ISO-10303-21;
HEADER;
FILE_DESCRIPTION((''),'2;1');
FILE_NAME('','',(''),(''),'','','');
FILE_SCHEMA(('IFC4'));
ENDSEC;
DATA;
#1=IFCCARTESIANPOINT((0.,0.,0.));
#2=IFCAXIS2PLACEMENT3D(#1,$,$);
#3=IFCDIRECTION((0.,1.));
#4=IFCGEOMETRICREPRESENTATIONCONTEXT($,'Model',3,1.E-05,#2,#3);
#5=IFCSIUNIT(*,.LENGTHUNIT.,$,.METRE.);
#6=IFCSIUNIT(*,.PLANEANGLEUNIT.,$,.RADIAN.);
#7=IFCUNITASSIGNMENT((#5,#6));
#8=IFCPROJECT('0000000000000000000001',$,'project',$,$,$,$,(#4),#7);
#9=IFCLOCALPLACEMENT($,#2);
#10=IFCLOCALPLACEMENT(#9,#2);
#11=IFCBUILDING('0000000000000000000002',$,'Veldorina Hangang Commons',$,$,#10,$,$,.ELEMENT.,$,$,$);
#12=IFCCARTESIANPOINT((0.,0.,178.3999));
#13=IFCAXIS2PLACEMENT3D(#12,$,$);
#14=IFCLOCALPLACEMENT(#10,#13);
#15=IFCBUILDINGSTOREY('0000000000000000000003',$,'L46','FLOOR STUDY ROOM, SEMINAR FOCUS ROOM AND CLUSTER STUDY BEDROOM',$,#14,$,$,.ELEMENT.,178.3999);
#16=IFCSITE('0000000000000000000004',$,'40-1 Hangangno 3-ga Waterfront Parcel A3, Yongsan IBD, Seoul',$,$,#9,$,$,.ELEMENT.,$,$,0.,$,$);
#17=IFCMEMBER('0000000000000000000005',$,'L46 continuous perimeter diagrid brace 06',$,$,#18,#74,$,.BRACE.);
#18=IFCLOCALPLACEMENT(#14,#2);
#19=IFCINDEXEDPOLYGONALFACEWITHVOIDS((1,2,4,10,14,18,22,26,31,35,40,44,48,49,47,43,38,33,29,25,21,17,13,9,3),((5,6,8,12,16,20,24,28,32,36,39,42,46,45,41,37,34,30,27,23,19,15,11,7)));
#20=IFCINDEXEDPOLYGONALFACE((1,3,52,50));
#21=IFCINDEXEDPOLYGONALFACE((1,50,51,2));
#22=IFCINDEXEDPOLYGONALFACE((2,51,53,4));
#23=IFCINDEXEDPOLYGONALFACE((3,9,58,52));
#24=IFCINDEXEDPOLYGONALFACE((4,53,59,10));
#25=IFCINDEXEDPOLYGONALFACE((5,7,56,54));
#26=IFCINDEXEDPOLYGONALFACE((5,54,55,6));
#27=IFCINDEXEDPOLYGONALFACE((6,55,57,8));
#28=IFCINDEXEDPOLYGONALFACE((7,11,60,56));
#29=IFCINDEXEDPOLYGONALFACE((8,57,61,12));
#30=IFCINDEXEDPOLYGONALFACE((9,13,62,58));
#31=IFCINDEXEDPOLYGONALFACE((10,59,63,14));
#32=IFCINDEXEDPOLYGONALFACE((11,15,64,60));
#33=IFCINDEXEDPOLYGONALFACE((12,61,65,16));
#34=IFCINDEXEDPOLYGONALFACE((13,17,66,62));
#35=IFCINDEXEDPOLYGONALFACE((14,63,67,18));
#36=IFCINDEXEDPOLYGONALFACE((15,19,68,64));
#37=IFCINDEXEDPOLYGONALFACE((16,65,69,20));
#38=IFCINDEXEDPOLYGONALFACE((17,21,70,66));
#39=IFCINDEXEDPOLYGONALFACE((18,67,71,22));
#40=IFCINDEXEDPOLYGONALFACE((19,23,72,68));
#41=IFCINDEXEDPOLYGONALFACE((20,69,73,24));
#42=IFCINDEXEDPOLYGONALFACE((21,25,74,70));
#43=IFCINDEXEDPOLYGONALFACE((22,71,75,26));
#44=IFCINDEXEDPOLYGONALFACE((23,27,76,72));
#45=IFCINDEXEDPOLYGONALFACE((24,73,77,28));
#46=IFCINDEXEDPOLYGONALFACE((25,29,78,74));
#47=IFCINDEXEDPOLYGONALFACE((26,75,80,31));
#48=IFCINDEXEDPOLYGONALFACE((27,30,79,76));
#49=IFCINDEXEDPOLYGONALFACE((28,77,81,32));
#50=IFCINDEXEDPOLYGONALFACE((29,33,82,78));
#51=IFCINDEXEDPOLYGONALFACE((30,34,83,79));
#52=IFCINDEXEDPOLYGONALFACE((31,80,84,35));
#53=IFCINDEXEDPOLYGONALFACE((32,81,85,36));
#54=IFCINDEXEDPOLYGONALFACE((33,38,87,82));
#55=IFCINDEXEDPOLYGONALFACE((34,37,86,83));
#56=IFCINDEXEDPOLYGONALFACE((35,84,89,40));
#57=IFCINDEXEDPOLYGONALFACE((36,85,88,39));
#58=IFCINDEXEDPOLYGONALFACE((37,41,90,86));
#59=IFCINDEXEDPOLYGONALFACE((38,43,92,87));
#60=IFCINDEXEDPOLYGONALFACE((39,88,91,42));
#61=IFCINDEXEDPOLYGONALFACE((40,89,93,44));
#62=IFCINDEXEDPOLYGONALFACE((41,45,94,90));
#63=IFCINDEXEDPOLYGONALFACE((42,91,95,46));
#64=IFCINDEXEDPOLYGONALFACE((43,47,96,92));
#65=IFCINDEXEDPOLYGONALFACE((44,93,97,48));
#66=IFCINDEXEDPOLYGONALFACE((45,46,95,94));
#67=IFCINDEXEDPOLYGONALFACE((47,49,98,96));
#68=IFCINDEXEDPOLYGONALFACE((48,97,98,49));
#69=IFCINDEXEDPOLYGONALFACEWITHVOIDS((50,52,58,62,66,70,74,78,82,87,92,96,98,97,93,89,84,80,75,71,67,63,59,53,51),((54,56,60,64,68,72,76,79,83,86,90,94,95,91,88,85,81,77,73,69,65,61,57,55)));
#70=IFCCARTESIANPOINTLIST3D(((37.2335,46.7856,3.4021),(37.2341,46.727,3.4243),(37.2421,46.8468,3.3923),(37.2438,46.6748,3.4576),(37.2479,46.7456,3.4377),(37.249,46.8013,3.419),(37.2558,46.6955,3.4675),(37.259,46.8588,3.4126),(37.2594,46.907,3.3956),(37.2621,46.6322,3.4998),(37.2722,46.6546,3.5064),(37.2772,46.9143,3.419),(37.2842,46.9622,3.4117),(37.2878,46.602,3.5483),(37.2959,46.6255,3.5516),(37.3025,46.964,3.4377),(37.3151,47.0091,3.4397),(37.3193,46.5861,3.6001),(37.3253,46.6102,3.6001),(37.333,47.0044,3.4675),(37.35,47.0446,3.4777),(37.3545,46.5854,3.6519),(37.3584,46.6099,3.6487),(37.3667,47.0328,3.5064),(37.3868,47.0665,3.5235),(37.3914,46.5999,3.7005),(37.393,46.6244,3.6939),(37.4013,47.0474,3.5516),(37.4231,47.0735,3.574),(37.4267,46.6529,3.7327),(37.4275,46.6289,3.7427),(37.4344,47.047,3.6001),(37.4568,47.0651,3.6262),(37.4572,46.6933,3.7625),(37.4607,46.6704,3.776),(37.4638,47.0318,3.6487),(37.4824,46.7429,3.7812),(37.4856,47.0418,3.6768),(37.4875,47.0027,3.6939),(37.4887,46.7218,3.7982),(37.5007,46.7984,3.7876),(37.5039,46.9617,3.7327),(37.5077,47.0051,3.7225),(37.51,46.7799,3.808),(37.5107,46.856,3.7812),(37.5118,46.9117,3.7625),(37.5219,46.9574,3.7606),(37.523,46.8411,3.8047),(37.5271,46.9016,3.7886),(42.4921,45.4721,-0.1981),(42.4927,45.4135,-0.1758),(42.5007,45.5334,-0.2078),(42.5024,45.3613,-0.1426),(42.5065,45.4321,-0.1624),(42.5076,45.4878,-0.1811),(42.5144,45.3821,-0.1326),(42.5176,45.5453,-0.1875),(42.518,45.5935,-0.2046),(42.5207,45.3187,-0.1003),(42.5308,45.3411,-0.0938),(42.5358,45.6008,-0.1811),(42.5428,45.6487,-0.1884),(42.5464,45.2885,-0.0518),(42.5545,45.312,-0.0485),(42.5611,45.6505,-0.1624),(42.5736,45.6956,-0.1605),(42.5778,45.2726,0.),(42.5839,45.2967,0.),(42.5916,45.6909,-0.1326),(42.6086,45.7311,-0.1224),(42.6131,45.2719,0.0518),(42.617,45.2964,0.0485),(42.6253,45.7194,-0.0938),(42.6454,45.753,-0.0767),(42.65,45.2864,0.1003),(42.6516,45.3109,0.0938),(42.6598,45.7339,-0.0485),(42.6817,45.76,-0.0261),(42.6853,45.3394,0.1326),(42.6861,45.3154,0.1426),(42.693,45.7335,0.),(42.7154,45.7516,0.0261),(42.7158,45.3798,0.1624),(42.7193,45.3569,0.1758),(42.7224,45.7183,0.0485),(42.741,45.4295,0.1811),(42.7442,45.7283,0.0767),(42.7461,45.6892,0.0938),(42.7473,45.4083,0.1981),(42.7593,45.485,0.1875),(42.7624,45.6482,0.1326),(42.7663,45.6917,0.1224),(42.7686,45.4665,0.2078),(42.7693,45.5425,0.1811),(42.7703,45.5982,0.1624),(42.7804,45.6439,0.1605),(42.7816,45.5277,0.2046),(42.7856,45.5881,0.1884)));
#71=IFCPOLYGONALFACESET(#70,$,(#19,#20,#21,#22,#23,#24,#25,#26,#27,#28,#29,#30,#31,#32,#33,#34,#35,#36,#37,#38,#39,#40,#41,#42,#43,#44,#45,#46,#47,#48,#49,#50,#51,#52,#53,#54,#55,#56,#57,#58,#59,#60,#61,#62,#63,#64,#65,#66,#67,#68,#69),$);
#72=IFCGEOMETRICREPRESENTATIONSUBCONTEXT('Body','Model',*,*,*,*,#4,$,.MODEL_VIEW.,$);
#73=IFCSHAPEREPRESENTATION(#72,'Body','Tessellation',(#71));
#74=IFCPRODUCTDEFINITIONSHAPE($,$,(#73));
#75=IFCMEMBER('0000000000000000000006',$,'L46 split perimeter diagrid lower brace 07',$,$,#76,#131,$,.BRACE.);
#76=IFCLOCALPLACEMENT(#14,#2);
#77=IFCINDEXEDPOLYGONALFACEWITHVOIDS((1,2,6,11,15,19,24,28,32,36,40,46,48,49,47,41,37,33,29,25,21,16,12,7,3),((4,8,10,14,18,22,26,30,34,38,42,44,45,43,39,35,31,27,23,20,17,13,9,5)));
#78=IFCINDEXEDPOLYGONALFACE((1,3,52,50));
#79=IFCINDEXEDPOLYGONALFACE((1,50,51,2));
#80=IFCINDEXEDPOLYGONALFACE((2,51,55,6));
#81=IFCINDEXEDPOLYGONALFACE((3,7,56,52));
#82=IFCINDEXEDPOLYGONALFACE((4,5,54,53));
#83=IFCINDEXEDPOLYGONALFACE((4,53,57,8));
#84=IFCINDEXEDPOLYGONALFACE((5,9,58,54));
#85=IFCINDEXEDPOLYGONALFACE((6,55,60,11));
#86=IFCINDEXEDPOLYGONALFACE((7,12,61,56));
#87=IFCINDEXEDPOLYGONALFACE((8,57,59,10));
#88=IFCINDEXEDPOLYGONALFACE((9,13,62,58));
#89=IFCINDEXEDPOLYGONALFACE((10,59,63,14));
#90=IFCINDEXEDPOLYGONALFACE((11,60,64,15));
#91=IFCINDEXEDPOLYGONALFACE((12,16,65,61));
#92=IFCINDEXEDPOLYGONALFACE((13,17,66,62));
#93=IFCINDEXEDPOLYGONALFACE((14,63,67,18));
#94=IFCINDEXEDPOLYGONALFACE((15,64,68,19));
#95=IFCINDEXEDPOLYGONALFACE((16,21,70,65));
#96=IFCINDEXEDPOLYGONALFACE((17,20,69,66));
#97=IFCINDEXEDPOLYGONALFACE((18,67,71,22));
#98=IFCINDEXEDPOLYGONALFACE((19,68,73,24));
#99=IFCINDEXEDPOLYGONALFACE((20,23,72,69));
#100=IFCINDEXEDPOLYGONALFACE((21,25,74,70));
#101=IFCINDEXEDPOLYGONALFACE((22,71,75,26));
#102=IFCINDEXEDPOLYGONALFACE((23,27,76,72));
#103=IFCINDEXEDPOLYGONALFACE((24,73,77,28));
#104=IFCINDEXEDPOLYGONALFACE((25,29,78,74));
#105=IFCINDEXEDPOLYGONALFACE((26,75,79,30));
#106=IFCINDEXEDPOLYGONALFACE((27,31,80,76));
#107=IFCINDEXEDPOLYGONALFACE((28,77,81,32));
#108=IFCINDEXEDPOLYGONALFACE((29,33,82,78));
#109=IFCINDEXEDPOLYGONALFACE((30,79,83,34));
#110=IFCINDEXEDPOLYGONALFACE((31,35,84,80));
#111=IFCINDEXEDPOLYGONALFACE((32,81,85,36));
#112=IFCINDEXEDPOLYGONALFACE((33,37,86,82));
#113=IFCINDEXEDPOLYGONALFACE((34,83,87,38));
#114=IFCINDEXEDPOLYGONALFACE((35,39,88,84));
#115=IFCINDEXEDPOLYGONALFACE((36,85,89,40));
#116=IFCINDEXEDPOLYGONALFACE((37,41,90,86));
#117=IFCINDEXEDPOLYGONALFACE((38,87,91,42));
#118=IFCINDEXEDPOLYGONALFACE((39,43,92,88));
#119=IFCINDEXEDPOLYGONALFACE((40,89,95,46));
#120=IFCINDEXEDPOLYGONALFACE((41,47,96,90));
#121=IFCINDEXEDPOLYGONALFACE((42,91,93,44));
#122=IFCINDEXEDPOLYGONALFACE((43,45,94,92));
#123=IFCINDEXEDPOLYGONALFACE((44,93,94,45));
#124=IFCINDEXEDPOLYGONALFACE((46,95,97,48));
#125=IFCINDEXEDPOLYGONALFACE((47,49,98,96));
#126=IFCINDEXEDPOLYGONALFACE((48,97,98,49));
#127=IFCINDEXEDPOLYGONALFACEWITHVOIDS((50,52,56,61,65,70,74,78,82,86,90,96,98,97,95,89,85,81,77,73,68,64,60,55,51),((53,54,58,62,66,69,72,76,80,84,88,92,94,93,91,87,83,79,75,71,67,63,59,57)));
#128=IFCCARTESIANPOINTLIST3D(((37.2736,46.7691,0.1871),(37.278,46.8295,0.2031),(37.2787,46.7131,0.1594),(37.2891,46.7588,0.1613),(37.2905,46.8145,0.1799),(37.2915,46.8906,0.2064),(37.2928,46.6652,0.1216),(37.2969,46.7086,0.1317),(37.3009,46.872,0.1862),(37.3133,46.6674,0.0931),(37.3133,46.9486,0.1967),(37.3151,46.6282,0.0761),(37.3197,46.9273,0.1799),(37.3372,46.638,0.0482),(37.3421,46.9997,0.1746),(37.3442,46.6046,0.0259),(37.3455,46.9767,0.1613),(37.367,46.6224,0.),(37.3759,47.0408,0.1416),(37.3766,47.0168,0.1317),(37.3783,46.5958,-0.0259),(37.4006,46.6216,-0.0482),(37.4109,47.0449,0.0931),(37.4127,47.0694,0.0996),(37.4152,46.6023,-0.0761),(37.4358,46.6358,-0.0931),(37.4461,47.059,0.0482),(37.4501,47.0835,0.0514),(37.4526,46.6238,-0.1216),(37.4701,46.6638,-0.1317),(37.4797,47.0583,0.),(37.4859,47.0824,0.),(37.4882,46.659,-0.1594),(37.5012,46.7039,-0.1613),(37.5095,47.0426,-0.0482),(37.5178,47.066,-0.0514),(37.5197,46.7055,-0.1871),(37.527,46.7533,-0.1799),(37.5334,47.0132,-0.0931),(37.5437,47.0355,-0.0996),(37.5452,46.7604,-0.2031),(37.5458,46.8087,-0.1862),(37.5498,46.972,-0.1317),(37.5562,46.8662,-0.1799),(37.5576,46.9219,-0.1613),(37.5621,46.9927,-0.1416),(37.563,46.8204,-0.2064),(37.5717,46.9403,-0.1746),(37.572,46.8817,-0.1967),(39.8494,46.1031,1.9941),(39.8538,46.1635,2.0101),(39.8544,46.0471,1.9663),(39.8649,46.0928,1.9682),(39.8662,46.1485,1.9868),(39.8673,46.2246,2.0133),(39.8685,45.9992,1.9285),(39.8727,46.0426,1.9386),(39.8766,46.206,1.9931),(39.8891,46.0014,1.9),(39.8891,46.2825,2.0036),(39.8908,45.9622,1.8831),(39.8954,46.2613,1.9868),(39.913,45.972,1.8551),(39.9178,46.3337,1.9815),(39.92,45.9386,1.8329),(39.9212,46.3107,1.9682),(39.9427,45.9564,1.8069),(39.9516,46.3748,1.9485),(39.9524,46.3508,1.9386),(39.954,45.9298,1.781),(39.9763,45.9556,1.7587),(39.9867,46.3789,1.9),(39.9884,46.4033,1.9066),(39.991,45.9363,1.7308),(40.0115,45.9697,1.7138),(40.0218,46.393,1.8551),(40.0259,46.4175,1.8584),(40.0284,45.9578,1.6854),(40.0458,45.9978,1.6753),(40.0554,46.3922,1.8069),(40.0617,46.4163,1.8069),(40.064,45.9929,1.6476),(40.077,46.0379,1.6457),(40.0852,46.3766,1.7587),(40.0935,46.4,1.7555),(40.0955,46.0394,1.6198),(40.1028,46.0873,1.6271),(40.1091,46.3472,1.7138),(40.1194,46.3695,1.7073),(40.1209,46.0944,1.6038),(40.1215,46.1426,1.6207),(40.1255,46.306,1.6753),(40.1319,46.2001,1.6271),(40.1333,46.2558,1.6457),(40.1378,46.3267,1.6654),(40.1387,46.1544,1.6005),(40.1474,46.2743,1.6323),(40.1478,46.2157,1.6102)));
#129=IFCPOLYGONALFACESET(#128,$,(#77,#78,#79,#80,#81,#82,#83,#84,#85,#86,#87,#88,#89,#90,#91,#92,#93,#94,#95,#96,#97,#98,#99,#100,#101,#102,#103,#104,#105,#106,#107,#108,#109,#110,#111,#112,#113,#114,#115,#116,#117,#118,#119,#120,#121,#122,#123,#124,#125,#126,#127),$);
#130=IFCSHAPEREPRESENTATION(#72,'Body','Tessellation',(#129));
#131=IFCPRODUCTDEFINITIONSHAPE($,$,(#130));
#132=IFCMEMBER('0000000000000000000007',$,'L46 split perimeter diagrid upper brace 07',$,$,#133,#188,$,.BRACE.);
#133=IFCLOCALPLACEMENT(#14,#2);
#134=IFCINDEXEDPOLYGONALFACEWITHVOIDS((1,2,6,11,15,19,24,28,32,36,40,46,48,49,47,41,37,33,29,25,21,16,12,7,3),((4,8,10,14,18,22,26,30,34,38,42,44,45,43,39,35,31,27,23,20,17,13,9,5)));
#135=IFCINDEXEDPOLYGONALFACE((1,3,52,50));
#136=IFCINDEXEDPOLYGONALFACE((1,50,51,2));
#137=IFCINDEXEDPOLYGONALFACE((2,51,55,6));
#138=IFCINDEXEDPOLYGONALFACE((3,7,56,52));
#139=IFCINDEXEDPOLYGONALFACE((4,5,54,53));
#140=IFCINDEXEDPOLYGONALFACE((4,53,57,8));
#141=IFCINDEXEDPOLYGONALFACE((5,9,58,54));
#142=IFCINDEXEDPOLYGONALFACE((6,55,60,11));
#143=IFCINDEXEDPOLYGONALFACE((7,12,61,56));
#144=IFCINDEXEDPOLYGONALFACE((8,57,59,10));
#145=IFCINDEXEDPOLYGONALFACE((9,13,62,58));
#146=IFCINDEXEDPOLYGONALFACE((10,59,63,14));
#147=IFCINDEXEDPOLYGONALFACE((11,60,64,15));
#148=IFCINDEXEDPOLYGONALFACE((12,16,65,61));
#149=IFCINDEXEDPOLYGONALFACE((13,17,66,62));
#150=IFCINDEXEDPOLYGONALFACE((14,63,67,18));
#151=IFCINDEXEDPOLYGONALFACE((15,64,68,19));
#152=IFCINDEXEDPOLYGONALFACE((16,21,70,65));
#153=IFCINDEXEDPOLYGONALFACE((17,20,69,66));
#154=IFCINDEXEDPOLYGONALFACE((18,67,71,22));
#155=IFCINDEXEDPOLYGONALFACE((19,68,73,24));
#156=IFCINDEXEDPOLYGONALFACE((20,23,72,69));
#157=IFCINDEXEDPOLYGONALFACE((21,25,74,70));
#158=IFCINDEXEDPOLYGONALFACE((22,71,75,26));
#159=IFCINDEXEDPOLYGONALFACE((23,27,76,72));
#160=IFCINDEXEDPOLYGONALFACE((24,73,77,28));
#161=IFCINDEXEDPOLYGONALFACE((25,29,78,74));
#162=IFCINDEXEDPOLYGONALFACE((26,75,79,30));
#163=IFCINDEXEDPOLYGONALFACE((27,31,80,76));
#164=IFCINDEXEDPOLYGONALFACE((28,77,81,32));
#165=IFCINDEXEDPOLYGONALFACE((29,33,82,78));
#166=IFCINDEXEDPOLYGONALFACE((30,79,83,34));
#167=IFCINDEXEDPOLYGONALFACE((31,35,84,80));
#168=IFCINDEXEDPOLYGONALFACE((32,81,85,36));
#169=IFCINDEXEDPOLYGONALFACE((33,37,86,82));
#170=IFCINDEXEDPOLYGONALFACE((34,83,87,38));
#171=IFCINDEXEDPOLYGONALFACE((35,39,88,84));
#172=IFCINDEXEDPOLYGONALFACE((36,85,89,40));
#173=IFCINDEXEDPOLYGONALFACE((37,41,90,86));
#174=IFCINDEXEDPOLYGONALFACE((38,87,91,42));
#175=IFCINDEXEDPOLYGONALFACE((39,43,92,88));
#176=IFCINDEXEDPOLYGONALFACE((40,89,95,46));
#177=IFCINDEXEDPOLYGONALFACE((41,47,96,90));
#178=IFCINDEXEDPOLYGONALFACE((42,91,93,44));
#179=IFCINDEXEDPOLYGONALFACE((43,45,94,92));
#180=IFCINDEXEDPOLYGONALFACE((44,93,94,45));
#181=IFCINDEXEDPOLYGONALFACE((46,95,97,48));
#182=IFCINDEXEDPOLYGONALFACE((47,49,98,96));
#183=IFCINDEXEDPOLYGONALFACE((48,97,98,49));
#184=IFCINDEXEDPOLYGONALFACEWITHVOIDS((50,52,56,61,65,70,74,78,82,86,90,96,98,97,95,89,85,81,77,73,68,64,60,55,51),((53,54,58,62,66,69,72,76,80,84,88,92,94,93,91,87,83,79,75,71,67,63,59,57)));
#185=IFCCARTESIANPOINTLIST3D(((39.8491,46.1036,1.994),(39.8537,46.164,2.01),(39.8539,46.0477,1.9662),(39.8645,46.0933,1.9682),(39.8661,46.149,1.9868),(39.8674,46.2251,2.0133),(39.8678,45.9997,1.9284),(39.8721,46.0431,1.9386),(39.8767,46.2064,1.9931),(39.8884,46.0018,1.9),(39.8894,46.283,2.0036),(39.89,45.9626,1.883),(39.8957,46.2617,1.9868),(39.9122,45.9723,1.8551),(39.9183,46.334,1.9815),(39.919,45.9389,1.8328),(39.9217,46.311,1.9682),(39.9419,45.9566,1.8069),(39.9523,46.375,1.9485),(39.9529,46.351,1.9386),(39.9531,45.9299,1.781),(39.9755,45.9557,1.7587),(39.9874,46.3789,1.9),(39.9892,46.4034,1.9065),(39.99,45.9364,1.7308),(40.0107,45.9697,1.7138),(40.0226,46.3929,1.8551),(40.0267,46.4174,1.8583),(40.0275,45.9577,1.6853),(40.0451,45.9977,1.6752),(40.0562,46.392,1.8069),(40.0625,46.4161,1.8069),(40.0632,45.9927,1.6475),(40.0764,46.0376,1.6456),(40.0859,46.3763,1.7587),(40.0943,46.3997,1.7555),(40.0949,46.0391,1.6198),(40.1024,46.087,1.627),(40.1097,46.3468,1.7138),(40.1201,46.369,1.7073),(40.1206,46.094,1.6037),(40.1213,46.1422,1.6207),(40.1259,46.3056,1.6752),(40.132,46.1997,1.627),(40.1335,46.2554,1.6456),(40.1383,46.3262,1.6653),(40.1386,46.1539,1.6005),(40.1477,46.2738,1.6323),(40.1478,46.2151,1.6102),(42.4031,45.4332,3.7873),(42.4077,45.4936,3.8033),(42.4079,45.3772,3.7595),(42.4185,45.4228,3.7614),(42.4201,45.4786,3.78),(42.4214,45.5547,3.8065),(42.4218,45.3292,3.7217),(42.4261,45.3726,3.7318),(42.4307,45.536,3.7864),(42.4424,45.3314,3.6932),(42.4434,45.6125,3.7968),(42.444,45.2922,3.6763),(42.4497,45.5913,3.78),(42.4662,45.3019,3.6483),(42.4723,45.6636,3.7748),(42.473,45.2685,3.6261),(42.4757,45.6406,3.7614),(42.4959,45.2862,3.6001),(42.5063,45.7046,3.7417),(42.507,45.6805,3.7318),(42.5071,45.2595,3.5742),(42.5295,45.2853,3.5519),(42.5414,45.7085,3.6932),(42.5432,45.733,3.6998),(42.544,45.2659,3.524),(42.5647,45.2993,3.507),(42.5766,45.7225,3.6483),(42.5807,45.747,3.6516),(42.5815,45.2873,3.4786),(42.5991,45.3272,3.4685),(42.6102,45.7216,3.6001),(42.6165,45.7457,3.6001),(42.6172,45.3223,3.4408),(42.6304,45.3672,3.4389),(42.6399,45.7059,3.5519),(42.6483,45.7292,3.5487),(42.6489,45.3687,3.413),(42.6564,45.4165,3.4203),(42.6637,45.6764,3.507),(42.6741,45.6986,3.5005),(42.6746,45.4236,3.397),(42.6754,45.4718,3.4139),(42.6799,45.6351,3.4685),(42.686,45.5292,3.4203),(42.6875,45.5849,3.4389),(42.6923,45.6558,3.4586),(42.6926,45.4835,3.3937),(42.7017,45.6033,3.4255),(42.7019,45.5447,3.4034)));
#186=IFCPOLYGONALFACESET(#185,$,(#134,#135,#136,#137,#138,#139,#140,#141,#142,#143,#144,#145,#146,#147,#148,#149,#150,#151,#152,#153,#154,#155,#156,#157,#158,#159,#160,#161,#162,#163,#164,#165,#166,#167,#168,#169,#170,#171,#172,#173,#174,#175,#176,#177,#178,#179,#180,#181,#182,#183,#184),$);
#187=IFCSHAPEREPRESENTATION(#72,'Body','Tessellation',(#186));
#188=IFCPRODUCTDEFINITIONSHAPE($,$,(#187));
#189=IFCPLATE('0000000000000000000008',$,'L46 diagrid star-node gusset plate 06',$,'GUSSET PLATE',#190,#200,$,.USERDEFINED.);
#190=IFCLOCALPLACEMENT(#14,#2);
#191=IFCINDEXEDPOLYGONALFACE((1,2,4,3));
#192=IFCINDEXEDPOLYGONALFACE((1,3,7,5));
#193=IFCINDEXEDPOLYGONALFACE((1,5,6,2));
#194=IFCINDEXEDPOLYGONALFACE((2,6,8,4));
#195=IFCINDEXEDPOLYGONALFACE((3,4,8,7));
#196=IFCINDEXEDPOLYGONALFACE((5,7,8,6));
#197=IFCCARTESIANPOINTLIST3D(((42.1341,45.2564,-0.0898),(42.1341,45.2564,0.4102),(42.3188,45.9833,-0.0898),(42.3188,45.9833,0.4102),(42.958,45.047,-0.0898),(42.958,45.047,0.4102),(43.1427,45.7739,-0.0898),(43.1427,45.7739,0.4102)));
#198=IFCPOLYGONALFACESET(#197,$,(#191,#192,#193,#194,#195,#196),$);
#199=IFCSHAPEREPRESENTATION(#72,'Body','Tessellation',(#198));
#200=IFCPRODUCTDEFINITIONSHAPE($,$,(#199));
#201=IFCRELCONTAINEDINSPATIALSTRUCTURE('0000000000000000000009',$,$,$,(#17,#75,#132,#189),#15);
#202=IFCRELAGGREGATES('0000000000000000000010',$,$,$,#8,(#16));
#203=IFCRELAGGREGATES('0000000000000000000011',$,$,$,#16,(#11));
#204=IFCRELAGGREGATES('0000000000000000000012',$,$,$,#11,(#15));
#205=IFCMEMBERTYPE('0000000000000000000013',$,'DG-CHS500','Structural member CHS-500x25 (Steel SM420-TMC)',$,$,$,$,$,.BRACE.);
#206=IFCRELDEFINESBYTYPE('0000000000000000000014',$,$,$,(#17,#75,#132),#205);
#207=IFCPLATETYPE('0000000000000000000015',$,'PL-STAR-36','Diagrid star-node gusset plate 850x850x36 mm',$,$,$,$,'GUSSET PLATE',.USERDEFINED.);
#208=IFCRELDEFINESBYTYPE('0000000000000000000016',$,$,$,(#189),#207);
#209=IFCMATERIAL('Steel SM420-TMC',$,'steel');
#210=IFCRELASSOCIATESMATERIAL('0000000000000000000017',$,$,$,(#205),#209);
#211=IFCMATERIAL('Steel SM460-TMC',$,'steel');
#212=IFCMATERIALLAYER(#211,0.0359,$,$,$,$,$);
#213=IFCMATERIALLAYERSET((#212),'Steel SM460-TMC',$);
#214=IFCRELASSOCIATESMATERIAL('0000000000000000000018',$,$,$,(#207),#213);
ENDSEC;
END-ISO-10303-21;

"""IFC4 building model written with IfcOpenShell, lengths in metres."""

from ifc_helpers import new_model, si_unit, direction, frame, origin, origin_2d, place, context, subcontext, project, spatial, rectangle, hollow_circle, extrude, material, layer, layer_set, material_profile, profile_set, type_object, element, save


model = new_model("IFC4")

# Units and contexts
model_context = context("Model", 3, precision=1e-05, world=origin(), true_north=direction((0.0, 1.0)))
body_context = subcontext(model_context, "Body", "Model", "MODEL_VIEW")
ifc_project = project(units=[si_unit("LENGTHUNIT", "METRE"), si_unit("PLANEANGLEUNIT", "RADIAN")], contexts=[model_context])

# Site, building, storey
site_placement = place(None, origin())
site = spatial("IfcSite", under=ifc_project, at=site_placement, Name="40-1 Hangangno 3-ga Waterfront Parcel A3, Yongsan IBD, Seoul", CompositionType="ELEMENT", RefElevation=0.0)
building_placement = place(site_placement, origin())
building = spatial("IfcBuilding", under=site, at=building_placement, Name="Veldorina Hangang Commons", CompositionType="ELEMENT")
storey_placement = place(building_placement, frame((0.0, 0.0, 178.3999)))
storey = spatial("IfcBuildingStorey", under=building, at=storey_placement, Name="L46", Description="FLOOR STUDY ROOM, SEMINAR FOCUS ROOM AND CLUSTER STUDY BEDROOM", CompositionType="ELEMENT", Elevation=178.3999)

# Shared definitions
ifc_material_1 = material(Name="Steel SM420-TMC", Category="steel")

# Members
ifc_material_profile_1 = material_profile(ifc_material_1, hollow_circle(Radius=0.25, WallThickness=0.0249, at=origin_2d()), Name="CHS-500x25")
ifc_profile_set_1 = profile_set([ifc_material_profile_1], Name="Steel SM420-TMC")
member_type = type_object("IfcMemberType", Name="DG-CHS500", Description="Structural member CHS-500x25 (Steel SM420-TMC)", PredefinedType="BRACE", material=ifc_profile_set_1)
member_1_placement = place(storey_placement, frame((42.6384, 45.5151, 0.0), z_axis=(-0.808164, 0.201863, 0.553284), x_axis=(-0.242334, -0.970193, 0.0)))
element("IfcMember", 1, at=member_1_placement, inside=storey, type_object=member_type, Name="L46 continuous perimeter diagrid brace 06", PredefinedType="BRACE", context=body_context, shape_type="SweptSolid", body=[
    extrude(hollow_circle(Radius=0.25, WallThickness=0.0249, at=origin_2d()), origin(), (0.0, 0.0, 1.0), 6.5068),
])
member_2_placement = place(storey_placement, frame((37.4233, 46.8403, 0.0), z_axis=(0.800901, -0.207095, 0.561845), x_axis=(0.250344, 0.968157, 0.0)))
element("IfcMember", 2, at=member_2_placement, inside=storey, type_object=member_type, Name="L46 split perimeter diagrid lower brace 07", PredefinedType="BRACE", context=body_context, shape_type="SweptSolid", body=[
    extrude(hollow_circle(Radius=0.25, WallThickness=0.0249, at=origin_2d()), origin(), (0.0, 0.0, 1.0), 3.2161),
])
member_3_placement = place(storey_placement, frame((39.999, 46.1743, 1.8069), z_axis=(0.800155, -0.21004, 0.561814), x_axis=(0.253897, 0.967231, 0.0)))
element("IfcMember", 3, at=member_3_placement, inside=storey, type_object=member_type, Name="L46 split perimeter diagrid upper brace 07", PredefinedType="BRACE", context=body_context, shape_type="SweptSolid", body=[
    extrude(hollow_circle(Radius=0.25, WallThickness=0.0249, at=origin_2d()), origin(), (0.0, 0.0, 1.0), 3.1919),
])

# Plate
ifc_material_2 = material(Name="Steel SM460-TMC", Category="steel")
ifc_layer_1 = layer(ifc_material_2, 0.0359)
ifc_layer_set_1 = layer_set([ifc_layer_1], Name="Steel SM460-TMC")
plate_type = type_object("IfcPlateType", Name="PL-STAR-36", Description="Diagrid star-node gusset plate 850x850x36 mm", ElementType="GUSSET PLATE", PredefinedType="USERDEFINED", material=ifc_layer_set_1)
plate_1_placement = place(storey_placement, frame((42.6384, 45.5151, -0.0898), z_axis=(0.0, 0.0, 1.0), x_axis=(-0.969197, 0.246289, 0.0)))
element("IfcPlate", 4, at=plate_1_placement, inside=storey, type_object=plate_type, Name="L46 diagrid star-node gusset plate 06", ObjectType="GUSSET PLATE", PredefinedType="USERDEFINED", context=body_context, shape_type="SweptSolid", body=[
    extrude(rectangle(XDim=0.8501, YDim=0.75, at=origin_2d()), origin(), (0.0, 0.0, 1.0), 0.5),
])

save(model, "model.ifc")
